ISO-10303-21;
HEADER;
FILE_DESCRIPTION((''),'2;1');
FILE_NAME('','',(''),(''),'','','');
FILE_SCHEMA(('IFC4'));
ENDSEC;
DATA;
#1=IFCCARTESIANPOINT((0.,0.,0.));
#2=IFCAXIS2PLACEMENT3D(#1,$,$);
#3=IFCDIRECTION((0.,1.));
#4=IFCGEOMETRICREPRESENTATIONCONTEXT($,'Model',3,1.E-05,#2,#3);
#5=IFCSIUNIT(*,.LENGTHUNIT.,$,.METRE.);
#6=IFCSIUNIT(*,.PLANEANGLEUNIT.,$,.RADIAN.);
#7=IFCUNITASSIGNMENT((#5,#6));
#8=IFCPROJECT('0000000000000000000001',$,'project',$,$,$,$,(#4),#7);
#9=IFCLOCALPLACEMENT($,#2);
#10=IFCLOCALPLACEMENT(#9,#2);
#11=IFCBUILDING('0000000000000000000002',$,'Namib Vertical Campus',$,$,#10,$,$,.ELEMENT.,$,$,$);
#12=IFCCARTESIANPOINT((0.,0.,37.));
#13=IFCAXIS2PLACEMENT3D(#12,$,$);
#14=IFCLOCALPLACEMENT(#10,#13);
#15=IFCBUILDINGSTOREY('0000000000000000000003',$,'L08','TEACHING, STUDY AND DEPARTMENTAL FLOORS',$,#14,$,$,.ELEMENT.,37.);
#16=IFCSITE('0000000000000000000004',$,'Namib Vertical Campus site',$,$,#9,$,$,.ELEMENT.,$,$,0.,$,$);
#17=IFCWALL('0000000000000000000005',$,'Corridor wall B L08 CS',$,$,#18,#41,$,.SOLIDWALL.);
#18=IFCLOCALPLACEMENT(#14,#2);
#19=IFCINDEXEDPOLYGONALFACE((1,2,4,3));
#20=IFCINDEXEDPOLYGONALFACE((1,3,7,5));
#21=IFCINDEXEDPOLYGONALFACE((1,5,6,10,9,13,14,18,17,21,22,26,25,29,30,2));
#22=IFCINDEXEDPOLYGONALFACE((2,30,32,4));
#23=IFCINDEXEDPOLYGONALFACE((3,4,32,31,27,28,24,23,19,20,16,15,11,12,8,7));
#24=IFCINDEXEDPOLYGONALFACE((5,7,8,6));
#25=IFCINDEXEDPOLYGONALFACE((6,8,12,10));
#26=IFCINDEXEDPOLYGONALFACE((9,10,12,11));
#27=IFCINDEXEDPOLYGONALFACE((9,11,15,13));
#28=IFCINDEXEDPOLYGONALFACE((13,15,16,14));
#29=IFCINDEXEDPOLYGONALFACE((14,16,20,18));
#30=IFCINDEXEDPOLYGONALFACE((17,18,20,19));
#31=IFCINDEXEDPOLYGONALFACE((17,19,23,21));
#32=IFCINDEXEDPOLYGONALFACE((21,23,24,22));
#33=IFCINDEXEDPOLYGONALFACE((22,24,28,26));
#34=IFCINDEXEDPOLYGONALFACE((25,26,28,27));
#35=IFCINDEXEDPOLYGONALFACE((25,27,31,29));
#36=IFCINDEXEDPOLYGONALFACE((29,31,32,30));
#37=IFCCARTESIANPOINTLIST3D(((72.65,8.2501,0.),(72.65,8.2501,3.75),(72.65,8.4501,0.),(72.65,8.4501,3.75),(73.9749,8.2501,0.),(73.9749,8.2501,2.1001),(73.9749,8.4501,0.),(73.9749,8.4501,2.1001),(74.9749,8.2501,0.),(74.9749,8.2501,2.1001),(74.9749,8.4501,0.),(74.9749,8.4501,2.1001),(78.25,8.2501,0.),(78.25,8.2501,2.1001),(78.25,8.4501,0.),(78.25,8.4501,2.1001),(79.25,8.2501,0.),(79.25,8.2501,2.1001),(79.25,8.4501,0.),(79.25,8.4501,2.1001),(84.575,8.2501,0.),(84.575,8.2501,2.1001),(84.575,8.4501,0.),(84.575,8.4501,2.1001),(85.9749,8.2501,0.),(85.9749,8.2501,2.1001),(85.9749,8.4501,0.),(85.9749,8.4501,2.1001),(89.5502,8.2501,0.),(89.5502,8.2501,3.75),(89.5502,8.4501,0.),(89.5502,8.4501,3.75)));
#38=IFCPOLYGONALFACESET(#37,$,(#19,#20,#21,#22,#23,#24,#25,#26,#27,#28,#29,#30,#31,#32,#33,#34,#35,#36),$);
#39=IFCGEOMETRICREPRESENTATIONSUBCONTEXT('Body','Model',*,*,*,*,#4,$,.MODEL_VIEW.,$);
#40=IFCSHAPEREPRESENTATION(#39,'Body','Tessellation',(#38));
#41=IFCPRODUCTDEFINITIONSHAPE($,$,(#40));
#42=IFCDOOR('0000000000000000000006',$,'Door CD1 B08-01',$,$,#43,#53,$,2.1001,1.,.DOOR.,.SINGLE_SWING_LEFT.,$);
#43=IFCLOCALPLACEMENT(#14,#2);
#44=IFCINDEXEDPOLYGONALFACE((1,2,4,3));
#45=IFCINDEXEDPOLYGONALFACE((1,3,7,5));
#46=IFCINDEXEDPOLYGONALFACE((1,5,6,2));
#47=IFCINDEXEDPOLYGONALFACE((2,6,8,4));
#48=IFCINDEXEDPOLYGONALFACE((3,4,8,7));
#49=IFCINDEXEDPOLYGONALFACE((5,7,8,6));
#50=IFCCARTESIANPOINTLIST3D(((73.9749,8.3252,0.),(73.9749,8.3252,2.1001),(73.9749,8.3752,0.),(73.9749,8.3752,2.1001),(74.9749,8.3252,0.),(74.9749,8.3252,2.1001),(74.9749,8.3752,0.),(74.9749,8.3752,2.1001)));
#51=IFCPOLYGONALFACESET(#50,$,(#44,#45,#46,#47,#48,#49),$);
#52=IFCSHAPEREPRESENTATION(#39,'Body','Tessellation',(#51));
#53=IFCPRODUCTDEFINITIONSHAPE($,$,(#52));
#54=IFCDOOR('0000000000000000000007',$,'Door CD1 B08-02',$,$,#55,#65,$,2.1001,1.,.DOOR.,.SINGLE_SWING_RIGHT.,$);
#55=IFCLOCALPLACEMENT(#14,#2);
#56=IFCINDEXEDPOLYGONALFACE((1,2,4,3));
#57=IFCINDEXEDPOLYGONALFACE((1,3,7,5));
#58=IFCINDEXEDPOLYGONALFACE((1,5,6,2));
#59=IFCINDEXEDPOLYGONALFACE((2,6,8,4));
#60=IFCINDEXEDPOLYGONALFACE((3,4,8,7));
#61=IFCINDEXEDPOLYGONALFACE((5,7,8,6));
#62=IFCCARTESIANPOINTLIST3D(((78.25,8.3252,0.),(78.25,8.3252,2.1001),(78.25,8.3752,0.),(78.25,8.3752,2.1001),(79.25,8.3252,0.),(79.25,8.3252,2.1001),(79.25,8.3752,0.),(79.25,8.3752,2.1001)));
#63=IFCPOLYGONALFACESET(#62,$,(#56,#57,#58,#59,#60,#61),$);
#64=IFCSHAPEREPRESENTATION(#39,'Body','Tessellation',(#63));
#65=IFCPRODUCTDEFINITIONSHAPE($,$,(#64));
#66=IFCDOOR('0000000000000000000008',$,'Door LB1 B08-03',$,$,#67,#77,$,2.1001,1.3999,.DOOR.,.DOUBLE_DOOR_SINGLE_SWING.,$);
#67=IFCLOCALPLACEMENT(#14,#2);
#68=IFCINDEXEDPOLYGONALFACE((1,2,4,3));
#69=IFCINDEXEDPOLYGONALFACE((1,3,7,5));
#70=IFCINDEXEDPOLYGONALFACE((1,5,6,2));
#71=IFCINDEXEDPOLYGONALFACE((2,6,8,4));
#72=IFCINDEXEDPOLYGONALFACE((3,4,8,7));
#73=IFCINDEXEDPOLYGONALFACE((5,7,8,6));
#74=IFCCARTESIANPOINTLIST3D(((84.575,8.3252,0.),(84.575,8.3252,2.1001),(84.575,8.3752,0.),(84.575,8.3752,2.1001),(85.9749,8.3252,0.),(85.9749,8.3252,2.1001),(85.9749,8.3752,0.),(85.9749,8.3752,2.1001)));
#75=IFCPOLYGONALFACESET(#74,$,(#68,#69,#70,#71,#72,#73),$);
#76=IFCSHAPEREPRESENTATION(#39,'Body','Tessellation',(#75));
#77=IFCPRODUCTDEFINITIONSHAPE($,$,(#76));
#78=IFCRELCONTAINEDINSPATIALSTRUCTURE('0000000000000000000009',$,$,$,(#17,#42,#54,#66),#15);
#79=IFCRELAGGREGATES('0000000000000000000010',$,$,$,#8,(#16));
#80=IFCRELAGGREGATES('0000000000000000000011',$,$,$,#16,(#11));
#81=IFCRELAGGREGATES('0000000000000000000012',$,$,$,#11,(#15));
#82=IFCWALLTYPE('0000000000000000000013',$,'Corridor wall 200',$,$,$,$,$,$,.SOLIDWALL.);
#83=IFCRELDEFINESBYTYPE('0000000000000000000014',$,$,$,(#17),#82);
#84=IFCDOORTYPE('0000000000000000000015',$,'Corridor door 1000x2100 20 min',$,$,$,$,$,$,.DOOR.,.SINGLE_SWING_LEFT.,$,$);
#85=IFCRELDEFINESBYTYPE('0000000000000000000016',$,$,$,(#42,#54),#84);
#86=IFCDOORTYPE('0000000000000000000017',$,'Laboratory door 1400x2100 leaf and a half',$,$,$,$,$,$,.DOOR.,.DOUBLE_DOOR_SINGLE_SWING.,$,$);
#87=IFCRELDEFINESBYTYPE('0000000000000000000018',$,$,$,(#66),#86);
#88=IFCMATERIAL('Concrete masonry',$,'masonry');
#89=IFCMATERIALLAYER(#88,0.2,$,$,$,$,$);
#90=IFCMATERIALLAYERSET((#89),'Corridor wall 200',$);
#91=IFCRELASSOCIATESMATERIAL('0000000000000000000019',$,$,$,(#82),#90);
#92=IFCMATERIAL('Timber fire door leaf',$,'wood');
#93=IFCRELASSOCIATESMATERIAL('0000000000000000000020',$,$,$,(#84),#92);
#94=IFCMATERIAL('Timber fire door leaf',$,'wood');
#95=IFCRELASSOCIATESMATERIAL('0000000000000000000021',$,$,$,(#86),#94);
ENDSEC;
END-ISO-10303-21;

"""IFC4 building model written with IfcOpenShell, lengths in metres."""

from ifc_helpers import new_model, si_unit, direction, frame, frame_2d, origin, place, context, subcontext, project, spatial, rectangle, extrude, material, layer, layer_set, type_object, element, fill, save


model = new_model("IFC4")

# Units and contexts
model_context = context("Model", 3, precision=1e-05, world=origin(), true_north=direction((0.0, 1.0)))
body_context = subcontext(model_context, "Body", "Model", "MODEL_VIEW")
ifc_project = project(units=[si_unit("LENGTHUNIT", "METRE"), si_unit("PLANEANGLEUNIT", "RADIAN")], contexts=[model_context])

# Site, building, storey
site_placement = place(None, origin())
site = spatial("IfcSite", under=ifc_project, at=site_placement, Name="Namib Vertical Campus site", CompositionType="ELEMENT", RefElevation=0.0)
building_placement = place(site_placement, origin())
building = spatial("IfcBuilding", under=site, at=building_placement, Name="Namib Vertical Campus", CompositionType="ELEMENT")
storey_placement = place(building_placement, frame((0.0, 0.0, 37.0)))
storey = spatial("IfcBuildingStorey", under=building, at=storey_placement, Name="L08", Description="TEACHING, STUDY AND DEPARTMENTAL FLOORS", CompositionType="ELEMENT", Elevation=37.0)

# Wall, openings, doors
ifc_material_1 = material(Name="Concrete masonry", Category="masonry")
ifc_layer_1 = layer(ifc_material_1, 0.2)
ifc_layer_set_1 = layer_set([ifc_layer_1], Name="Corridor wall 200")
wall_type_1 = type_object("IfcWallType", Name="Corridor wall 200", PredefinedType="SOLIDWALL", material=ifc_layer_set_1)
wall_1_placement = place(storey_placement, frame((72.6499, 8.3501, 0.0), z_axis=(0.0, 0.0, 1.0), x_axis=(1.0, 0.0, 0.0)))
wall_1 = element("IfcWall", 1, at=wall_1_placement, inside=storey, type_object=wall_type_1, Name="Corridor wall B L08 CS", PredefinedType="SOLIDWALL", context=body_context, shape_type="SweptSolid", body=[
    extrude(rectangle(XDim=16.9001, YDim=0.2, at=frame_2d((8.4502, 0.0))), origin(), (0.0, 0.0, 1.0), 3.75),
])
opening_1_placement = place(wall_1_placement, frame((1.325, 0.0, 0.0)))
opening_1 = element("IfcOpeningElement", 2, at=opening_1_placement, cuts=wall_1, PredefinedType="OPENING", context=body_context, shape_type="SweptSolid", body=[
    extrude(rectangle(XDim=1.0, YDim=2.1001, at=frame_2d((0.5, 1.05))), frame((0.0, 0.1099, 0.0), z_axis=(0.0, -1.0, 0.0), x_axis=(1.0, 0.0, 0.0)), (0.0, 0.0, 1.0), 0.22),
])
opening_2_placement = place(wall_1_placement, frame((5.6001, 0.0, 0.0)))
opening_2 = element("IfcOpeningElement", 3, at=opening_2_placement, cuts=wall_1, PredefinedType="OPENING", context=body_context, shape_type="SweptSolid", body=[
    extrude(rectangle(XDim=1.0, YDim=2.1001, at=frame_2d((0.5, 1.05))), frame((0.0, 0.1099, 0.0), z_axis=(0.0, -1.0, 0.0), x_axis=(1.0, 0.0, 0.0)), (0.0, 0.0, 1.0), 0.22),
])
opening_3_placement = place(wall_1_placement, frame((11.925, 0.0, 0.0)))
opening_3 = element("IfcOpeningElement", 4, at=opening_3_placement, cuts=wall_1, PredefinedType="OPENING", context=body_context, shape_type="SweptSolid", body=[
    extrude(rectangle(XDim=1.3999, YDim=2.1001, at=frame_2d((0.7, 1.05))), frame((0.0, 0.1099, 0.0), z_axis=(0.0, -1.0, 0.0), x_axis=(1.0, 0.0, 0.0)), (0.0, 0.0, 1.0), 0.22),
])
ifc_material_2 = material(Name="Timber fire door leaf", Category="wood")
door_type_1 = type_object("IfcDoorType", Name="Corridor door 1000x2100 20 min", OperationType="SINGLE_SWING_LEFT", PredefinedType="DOOR", material=ifc_material_2)
door_1_placement = place(opening_1_placement, frame((1.0, 0.0, 0.0), z_axis=(0.0, 0.0, 1.0), x_axis=(-1.0, 0.0, 0.0)))
door_1 = element("IfcDoor", 5, at=door_1_placement, inside=storey, type_object=door_type_1, Name="Door CD1 B08-01", OperationType="SINGLE_SWING_LEFT", OverallHeight=2.1001, OverallWidth=1.0, PredefinedType="DOOR", context=body_context, shape_type="SweptSolid", body=[
    extrude(rectangle(XDim=1.0, YDim=2.1001, at=frame_2d((0.5, 1.05))), frame((0.0, 0.0249, 0.0), z_axis=(0.0, -1.0, 0.0), x_axis=(1.0, 0.0, 0.0)), (0.0, 0.0, 1.0), 0.05),
])
fill(opening_1, door_1)
door_2_placement = place(opening_2_placement, frame((1.0, 0.0, 0.0), z_axis=(0.0, 0.0, 1.0), x_axis=(-1.0, 0.0, 0.0)))
door_2 = element("IfcDoor", 6, at=door_2_placement, inside=storey, type_object=door_type_1, Name="Door CD1 B08-02", OperationType="SINGLE_SWING_RIGHT", OverallHeight=2.1001, OverallWidth=1.0, PredefinedType="DOOR", context=body_context, shape_type="SweptSolid", body=[
    extrude(rectangle(XDim=1.0, YDim=2.1001, at=frame_2d((0.5, 1.05))), frame((0.0, 0.0249, 0.0), z_axis=(0.0, -1.0, 0.0), x_axis=(1.0, 0.0, 0.0)), (0.0, 0.0, 1.0), 0.05),
])
fill(opening_2, door_2)
ifc_material_3 = material(Name="Timber fire door leaf", Category="wood")
door_type_2 = type_object("IfcDoorType", Name="Laboratory door 1400x2100 leaf and a half", OperationType="DOUBLE_DOOR_SINGLE_SWING", PredefinedType="DOOR", material=ifc_material_3)
door_3_placement = place(opening_3_placement, frame((1.3999, 0.0, 0.0), z_axis=(0.0, 0.0, 1.0), x_axis=(-1.0, 0.0, 0.0)))
door_3 = element("IfcDoor", 7, at=door_3_placement, inside=storey, type_object=door_type_2, Name="Door LB1 B08-03", OperationType="DOUBLE_DOOR_SINGLE_SWING", OverallHeight=2.1001, OverallWidth=1.3999, PredefinedType="DOOR", context=body_context, shape_type="SweptSolid", body=[
    extrude(rectangle(XDim=1.3999, YDim=2.1001, at=frame_2d((0.7, 1.05))), frame((0.0, 0.0249, 0.0), z_axis=(0.0, -1.0, 0.0), x_axis=(1.0, 0.0, 0.0)), (0.0, 0.0, 1.0), 0.05),
])
fill(opening_3, door_3)

save(model, "model.ifc")
